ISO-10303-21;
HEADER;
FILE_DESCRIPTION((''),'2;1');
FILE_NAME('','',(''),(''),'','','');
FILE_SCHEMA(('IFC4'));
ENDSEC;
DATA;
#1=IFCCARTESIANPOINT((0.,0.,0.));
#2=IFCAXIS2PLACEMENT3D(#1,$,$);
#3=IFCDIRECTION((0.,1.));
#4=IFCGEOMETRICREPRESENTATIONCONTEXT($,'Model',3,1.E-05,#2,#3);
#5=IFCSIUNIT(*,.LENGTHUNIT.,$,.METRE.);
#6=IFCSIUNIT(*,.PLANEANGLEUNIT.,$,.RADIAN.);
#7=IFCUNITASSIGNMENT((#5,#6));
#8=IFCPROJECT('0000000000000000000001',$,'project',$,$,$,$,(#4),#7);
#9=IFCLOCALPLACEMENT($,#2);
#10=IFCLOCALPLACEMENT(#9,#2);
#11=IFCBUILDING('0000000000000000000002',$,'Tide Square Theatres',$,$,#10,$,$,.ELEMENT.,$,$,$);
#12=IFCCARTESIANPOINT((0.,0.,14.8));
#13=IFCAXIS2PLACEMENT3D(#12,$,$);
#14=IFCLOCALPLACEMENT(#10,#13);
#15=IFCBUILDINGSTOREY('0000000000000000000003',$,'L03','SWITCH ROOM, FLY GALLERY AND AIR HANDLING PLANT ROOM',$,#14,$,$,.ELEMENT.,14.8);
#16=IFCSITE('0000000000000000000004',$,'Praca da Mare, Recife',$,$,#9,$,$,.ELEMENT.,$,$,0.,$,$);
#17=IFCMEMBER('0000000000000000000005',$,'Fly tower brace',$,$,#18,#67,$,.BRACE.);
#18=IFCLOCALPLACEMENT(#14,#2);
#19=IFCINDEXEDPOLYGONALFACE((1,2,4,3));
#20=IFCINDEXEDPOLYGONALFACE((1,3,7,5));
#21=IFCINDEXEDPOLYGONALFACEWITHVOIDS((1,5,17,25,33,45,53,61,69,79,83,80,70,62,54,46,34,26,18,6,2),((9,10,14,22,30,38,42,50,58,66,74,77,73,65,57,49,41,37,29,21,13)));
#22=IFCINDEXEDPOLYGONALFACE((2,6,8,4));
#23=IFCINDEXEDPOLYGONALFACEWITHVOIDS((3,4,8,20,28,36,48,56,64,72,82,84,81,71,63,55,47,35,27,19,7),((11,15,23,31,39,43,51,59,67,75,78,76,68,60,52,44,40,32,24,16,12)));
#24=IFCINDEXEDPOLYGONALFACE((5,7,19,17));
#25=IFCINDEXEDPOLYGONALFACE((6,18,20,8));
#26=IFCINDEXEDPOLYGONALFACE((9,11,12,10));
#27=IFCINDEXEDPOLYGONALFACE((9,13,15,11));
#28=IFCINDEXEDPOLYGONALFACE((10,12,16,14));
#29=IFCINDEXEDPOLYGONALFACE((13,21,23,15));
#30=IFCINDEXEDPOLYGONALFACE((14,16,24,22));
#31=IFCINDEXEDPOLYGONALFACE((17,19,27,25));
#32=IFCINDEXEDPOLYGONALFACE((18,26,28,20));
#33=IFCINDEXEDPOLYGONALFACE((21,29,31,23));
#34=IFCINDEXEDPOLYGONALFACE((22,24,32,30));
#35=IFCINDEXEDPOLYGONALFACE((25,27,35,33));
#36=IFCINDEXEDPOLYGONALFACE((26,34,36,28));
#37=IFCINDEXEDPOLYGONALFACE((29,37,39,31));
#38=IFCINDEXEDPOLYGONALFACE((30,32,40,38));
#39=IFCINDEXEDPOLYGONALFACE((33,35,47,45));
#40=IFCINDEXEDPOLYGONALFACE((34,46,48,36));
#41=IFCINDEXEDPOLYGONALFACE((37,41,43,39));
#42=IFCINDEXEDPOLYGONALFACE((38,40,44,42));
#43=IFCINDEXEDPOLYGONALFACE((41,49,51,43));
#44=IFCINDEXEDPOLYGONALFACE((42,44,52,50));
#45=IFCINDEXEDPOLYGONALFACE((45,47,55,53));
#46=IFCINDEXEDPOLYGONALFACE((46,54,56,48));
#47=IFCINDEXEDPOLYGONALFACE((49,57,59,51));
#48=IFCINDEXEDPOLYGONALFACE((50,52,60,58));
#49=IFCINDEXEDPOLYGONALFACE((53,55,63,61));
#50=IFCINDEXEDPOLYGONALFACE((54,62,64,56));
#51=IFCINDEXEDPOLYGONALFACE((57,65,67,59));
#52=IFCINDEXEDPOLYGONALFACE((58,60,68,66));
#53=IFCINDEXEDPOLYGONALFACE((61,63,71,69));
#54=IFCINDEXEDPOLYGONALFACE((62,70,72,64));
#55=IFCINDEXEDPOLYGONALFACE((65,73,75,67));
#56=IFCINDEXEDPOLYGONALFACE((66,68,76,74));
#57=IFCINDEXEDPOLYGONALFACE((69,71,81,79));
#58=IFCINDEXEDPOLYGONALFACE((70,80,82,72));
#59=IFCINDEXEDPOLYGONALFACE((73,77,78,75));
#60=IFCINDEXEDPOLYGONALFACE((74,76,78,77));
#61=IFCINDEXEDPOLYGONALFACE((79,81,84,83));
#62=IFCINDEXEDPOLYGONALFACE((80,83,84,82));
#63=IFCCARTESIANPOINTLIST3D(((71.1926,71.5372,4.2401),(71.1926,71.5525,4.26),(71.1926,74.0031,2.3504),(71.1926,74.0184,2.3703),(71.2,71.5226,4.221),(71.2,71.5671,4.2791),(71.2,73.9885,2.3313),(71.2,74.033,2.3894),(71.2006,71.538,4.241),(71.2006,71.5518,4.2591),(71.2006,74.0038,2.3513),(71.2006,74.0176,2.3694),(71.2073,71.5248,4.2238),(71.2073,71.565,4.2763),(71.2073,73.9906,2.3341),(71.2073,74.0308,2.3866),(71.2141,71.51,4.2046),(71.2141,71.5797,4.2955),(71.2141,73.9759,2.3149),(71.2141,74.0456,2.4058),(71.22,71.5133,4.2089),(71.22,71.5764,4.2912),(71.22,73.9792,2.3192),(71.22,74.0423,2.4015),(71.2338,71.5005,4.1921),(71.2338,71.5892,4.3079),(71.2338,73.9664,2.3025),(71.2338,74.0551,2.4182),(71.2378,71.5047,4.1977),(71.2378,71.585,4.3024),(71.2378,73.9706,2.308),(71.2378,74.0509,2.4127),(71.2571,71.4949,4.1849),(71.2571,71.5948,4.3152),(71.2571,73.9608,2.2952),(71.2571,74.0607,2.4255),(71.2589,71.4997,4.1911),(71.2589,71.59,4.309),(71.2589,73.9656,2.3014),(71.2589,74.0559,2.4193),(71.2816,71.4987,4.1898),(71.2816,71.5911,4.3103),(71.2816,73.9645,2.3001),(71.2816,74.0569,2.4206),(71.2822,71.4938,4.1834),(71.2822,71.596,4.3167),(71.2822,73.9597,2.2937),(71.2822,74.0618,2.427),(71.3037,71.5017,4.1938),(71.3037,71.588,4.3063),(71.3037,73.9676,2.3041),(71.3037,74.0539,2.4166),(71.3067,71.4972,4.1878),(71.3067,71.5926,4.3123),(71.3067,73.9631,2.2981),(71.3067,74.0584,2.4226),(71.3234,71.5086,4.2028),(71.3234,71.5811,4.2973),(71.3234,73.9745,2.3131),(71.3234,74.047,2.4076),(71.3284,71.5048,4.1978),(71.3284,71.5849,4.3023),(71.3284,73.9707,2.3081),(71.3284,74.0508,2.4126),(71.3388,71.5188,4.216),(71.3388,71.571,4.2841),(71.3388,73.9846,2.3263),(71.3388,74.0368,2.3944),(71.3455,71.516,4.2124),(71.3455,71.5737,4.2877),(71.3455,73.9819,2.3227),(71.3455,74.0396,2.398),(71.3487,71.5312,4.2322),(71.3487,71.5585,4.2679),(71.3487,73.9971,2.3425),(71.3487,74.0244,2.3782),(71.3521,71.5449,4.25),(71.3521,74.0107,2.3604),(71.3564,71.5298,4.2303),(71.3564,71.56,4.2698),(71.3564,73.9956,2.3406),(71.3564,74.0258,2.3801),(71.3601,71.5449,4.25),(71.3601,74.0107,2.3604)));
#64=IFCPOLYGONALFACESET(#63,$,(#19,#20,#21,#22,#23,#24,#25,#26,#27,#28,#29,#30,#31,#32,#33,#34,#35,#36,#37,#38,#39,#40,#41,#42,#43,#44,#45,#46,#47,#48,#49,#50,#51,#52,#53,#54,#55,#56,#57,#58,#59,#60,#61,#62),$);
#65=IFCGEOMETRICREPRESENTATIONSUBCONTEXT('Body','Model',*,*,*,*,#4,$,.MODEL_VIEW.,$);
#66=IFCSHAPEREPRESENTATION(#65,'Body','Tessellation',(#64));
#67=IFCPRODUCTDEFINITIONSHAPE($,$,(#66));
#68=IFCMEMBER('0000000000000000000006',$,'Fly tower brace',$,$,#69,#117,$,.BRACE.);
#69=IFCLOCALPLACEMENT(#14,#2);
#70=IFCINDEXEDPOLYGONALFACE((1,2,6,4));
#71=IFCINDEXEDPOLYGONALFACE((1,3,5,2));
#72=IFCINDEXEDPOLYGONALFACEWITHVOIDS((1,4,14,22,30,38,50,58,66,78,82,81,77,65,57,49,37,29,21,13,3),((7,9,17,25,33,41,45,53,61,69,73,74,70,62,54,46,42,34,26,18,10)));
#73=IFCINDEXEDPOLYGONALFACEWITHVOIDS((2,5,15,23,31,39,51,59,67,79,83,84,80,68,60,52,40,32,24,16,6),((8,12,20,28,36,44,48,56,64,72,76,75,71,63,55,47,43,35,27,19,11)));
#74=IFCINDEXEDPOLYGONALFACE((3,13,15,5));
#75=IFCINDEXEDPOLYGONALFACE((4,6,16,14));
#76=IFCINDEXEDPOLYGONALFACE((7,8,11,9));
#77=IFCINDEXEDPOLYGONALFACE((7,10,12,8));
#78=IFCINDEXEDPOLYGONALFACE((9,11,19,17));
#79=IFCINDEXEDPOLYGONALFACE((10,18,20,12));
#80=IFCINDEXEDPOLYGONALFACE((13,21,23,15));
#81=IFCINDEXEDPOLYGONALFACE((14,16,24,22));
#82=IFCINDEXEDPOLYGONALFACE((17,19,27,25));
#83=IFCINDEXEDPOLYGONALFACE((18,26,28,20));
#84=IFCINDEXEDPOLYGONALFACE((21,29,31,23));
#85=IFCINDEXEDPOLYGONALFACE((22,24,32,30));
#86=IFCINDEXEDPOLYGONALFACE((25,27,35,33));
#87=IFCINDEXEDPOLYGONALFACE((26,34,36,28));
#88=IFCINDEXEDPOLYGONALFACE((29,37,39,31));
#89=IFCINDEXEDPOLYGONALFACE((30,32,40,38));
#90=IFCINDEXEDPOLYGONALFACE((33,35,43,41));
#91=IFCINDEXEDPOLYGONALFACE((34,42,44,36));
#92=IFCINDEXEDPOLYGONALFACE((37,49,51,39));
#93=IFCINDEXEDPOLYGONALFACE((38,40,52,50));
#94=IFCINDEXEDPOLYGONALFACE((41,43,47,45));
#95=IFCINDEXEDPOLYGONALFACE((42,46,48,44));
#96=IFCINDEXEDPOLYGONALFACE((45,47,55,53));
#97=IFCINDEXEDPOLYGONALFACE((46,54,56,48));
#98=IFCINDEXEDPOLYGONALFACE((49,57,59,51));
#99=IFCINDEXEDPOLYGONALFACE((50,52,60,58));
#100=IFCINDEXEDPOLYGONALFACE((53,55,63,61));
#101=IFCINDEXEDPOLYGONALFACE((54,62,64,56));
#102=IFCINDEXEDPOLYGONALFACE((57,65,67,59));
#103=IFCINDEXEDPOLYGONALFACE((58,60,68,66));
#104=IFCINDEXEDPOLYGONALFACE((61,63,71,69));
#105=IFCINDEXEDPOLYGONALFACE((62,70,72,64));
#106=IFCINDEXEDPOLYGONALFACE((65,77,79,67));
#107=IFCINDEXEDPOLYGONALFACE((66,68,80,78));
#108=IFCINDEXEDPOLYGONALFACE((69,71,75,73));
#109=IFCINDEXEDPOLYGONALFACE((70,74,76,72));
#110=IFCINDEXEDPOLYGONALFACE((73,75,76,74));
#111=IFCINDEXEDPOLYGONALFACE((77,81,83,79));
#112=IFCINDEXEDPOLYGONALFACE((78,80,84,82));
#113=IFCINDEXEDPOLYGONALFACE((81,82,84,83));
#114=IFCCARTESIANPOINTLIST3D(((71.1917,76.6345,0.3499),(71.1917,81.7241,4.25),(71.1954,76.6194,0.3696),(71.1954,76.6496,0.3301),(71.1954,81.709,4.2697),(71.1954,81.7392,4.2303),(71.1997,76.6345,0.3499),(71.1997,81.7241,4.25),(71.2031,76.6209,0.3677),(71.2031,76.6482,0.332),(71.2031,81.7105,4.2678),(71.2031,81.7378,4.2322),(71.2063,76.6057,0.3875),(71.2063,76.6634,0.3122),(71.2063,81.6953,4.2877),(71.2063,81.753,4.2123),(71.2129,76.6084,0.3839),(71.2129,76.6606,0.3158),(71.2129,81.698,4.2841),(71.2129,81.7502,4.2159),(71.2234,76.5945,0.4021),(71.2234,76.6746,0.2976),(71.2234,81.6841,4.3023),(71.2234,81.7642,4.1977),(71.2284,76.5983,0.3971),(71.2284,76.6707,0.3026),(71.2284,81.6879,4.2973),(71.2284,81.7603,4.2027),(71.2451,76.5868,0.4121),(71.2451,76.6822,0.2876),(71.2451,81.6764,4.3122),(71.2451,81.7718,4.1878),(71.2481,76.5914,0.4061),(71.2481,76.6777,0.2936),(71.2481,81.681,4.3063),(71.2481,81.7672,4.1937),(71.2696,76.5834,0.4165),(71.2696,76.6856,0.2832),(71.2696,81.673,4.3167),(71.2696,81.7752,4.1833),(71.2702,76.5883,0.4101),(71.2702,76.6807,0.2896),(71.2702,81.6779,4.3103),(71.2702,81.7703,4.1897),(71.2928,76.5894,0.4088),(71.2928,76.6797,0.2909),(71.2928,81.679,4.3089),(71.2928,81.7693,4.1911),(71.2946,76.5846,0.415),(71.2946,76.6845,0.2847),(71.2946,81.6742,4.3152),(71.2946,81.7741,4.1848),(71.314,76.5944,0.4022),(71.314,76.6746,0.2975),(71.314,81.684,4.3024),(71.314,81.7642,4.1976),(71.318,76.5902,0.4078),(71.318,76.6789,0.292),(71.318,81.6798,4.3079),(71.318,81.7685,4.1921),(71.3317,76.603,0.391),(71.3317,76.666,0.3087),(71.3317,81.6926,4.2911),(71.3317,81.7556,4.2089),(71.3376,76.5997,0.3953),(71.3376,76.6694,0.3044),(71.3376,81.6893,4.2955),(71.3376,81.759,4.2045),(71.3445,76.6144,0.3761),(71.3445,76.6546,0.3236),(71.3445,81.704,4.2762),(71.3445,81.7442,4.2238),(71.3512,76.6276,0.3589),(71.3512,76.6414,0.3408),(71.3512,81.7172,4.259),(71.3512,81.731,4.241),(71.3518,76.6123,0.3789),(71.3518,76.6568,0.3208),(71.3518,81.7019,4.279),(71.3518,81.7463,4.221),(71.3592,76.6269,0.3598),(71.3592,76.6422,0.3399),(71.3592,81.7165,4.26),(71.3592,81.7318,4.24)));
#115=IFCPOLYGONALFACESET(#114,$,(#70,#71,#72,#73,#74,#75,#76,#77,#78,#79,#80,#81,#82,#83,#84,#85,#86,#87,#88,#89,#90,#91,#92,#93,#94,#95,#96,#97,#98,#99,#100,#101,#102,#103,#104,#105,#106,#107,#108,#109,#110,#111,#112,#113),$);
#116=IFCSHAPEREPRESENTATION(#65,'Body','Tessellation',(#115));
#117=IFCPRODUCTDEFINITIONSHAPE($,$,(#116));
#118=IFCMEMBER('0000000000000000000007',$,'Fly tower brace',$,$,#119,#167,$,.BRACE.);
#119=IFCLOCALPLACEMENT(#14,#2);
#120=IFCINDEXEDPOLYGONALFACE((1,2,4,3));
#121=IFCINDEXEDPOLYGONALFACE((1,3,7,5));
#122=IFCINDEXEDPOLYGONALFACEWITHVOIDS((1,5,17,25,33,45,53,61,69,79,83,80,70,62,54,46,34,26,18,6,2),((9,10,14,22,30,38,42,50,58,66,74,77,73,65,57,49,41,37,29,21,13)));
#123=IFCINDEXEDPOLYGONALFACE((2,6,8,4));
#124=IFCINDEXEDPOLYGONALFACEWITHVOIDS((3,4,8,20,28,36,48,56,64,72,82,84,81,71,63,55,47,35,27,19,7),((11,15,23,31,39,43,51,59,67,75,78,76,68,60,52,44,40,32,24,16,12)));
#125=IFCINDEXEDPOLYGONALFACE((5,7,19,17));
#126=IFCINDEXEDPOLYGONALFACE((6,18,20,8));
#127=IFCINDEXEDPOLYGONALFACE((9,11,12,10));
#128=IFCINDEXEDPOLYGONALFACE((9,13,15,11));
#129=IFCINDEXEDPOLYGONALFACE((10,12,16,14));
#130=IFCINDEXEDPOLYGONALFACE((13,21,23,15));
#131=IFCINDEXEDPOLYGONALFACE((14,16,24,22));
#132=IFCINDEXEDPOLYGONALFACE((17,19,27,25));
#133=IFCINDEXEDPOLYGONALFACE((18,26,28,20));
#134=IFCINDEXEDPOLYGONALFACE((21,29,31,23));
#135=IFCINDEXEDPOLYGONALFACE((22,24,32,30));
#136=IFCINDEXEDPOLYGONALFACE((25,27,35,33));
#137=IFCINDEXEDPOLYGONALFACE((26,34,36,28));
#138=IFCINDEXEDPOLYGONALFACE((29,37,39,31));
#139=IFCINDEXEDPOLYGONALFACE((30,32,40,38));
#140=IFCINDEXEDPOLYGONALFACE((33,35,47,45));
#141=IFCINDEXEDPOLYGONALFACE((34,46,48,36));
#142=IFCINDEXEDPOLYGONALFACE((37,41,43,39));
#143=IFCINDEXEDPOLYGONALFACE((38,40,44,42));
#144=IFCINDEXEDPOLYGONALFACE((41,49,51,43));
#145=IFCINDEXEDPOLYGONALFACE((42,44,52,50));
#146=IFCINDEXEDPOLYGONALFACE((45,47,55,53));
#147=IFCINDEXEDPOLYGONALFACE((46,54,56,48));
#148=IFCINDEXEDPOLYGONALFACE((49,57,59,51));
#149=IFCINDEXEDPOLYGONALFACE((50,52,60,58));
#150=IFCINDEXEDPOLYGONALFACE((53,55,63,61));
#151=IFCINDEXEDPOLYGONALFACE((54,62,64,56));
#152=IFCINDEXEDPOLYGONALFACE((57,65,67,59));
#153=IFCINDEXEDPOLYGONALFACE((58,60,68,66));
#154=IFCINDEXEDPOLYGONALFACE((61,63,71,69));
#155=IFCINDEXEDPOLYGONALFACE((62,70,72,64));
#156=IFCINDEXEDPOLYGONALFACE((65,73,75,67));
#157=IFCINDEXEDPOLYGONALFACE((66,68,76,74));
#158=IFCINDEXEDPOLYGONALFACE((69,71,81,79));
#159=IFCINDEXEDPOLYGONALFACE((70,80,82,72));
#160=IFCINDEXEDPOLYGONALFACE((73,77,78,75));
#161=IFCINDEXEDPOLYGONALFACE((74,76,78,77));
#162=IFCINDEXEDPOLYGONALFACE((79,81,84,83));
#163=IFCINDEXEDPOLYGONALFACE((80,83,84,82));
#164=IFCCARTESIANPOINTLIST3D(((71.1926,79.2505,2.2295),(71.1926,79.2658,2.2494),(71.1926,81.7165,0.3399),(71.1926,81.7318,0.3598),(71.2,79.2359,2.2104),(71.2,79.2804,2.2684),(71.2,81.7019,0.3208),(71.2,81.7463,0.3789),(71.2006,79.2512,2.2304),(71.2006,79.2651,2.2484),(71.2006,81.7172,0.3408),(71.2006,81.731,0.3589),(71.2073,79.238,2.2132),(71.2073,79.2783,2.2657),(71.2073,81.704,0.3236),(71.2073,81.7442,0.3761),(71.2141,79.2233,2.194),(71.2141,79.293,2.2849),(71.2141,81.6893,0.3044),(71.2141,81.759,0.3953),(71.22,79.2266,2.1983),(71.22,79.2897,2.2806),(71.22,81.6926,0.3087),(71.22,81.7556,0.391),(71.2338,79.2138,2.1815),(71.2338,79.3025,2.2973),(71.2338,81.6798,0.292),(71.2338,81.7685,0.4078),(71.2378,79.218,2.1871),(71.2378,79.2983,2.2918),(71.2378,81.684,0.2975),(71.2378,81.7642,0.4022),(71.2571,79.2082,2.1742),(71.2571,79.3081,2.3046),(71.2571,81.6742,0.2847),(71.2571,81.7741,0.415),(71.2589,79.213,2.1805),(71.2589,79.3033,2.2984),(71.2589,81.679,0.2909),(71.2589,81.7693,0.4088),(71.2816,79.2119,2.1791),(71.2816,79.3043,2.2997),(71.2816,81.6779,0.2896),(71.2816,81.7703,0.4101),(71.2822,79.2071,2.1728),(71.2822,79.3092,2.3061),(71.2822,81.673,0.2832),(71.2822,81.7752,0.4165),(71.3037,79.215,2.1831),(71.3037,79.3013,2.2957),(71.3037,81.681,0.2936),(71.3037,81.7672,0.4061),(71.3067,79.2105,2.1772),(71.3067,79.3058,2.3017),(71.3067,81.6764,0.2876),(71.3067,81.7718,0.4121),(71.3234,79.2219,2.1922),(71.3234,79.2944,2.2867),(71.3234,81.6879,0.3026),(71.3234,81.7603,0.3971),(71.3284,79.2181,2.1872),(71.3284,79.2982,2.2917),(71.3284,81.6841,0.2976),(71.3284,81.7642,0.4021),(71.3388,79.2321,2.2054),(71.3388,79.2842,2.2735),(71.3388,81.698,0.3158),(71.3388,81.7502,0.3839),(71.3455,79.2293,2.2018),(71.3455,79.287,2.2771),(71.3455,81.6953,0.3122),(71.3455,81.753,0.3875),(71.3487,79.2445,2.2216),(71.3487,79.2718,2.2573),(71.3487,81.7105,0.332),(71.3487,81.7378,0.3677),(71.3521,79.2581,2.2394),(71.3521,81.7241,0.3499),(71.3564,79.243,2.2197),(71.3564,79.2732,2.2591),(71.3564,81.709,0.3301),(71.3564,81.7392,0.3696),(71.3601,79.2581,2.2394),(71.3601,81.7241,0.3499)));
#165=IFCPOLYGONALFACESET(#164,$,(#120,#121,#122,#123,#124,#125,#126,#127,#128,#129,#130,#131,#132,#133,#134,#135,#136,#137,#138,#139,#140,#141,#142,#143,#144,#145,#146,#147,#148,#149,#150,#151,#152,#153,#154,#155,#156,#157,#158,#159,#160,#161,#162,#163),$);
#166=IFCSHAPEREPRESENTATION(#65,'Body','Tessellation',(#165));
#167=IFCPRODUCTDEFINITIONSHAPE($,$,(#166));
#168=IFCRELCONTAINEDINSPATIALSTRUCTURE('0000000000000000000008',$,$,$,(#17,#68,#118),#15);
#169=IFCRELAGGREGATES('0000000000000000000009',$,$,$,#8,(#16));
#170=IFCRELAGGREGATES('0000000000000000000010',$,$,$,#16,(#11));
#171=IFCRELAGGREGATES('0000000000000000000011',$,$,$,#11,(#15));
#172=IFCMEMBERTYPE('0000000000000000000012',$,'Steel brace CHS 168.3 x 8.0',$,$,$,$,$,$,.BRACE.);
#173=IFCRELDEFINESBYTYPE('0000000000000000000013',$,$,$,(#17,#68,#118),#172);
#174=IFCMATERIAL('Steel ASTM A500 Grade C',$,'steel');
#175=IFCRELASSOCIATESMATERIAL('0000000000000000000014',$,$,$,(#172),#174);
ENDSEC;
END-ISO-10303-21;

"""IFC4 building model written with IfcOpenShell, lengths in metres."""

from ifc_helpers import new_model, si_unit, direction, frame, origin, origin_2d, place, context, subcontext, project, spatial, hollow_circle, extrude, material, material_profile, profile_set, type_object, element, save


model = new_model("IFC4")

# Units and contexts
model_context = context("Model", 3, precision=1e-05, world=origin(), true_north=direction((0.0, 1.0)))
body_context = subcontext(model_context, "Body", "Model", "MODEL_VIEW")
ifc_project = project(units=[si_unit("LENGTHUNIT", "METRE"), si_unit("PLANEANGLEUNIT", "RADIAN")], contexts=[model_context])

# Site, building, storey
site_placement = place(None, origin())
site = spatial("IfcSite", under=ifc_project, at=site_placement, Name="Praca da Mare, Recife", CompositionType="ELEMENT", RefElevation=0.0)
building_placement = place(site_placement, origin())
building = spatial("IfcBuilding", under=site, at=building_placement, Name="Tide Square Theatres", CompositionType="ELEMENT")
storey_placement = place(building_placement, frame((0.0, 0.0, 14.8)))
storey = spatial("IfcBuildingStorey", under=building, at=storey_placement, Name="L03", Description="SWITCH ROOM, FLY GALLERY AND AIR HANDLING PLANT ROOM", CompositionType="ELEMENT", Elevation=14.8)

# Members
ifc_material_1 = material(Name="Steel ASTM A500 Grade C", Category="steel")
ifc_material_profile_1 = material_profile(ifc_material_1, hollow_circle(Radius=0.0842, WallThickness=0.0081, at=origin_2d()))
ifc_profile_set_1 = profile_set([ifc_material_profile_1], Name="Steel ASTM A500 Grade C")
member_type = type_object("IfcMemberType", Name="Steel brace CHS 168.3 x 8.0", PredefinedType="BRACE", material=ifc_profile_set_1)
for number, where, z_axis, x_axis, name in (
    (1, (71.2759, 74.0107, 2.3604), (0.0, -0.793733, 0.608267), (1.0, 0.0, 0.0), "Fly tower brace"),
):
    element("IfcMember", number, at=place(storey_placement, frame(where, z_axis=z_axis, x_axis=x_axis)), inside=storey, type_object=member_type, Name=name, PredefinedType="BRACE", context=body_context, shape_type="SweptSolid", body=[
        extrude(hollow_circle(Radius=0.0842, WallThickness=0.0081, at=origin_2d()), origin(), (0.0, 0.0, 1.0), 3.1067),
    ])
member_1_placement = place(storey_placement, frame((71.2759, 76.6345, 0.3499), z_axis=(0.0, 0.793748, 0.608247), x_axis=(-1.0, 0.0, 0.0)))
element("IfcMember", 2, at=member_1_placement, inside=storey, type_object=member_type, Name="Fly tower brace", PredefinedType="BRACE", context=body_context, shape_type="SweptSolid", body=[
    extrude(hollow_circle(Radius=0.0842, WallThickness=0.0081, at=origin_2d()), origin(), (0.0, 0.0, 1.0), 6.4121),
])
for number, where, z_axis, x_axis, name in (
    (3, (71.2759, 81.7241, 0.3499), (0.0, -0.793762, 0.608229), (1.0, 0.0, 0.0), "Fly tower brace"),
):
    element("IfcMember", number, at=place(storey_placement, frame(where, z_axis=z_axis, x_axis=x_axis)), inside=storey, type_object=member_type, Name=name, PredefinedType="BRACE", context=body_context, shape_type="SweptSolid", body=[
        extrude(hollow_circle(Radius=0.0842, WallThickness=0.0081, at=origin_2d()), origin(), (0.0, 0.0, 1.0), 3.1067),
    ])

save(model, "model.ifc")
